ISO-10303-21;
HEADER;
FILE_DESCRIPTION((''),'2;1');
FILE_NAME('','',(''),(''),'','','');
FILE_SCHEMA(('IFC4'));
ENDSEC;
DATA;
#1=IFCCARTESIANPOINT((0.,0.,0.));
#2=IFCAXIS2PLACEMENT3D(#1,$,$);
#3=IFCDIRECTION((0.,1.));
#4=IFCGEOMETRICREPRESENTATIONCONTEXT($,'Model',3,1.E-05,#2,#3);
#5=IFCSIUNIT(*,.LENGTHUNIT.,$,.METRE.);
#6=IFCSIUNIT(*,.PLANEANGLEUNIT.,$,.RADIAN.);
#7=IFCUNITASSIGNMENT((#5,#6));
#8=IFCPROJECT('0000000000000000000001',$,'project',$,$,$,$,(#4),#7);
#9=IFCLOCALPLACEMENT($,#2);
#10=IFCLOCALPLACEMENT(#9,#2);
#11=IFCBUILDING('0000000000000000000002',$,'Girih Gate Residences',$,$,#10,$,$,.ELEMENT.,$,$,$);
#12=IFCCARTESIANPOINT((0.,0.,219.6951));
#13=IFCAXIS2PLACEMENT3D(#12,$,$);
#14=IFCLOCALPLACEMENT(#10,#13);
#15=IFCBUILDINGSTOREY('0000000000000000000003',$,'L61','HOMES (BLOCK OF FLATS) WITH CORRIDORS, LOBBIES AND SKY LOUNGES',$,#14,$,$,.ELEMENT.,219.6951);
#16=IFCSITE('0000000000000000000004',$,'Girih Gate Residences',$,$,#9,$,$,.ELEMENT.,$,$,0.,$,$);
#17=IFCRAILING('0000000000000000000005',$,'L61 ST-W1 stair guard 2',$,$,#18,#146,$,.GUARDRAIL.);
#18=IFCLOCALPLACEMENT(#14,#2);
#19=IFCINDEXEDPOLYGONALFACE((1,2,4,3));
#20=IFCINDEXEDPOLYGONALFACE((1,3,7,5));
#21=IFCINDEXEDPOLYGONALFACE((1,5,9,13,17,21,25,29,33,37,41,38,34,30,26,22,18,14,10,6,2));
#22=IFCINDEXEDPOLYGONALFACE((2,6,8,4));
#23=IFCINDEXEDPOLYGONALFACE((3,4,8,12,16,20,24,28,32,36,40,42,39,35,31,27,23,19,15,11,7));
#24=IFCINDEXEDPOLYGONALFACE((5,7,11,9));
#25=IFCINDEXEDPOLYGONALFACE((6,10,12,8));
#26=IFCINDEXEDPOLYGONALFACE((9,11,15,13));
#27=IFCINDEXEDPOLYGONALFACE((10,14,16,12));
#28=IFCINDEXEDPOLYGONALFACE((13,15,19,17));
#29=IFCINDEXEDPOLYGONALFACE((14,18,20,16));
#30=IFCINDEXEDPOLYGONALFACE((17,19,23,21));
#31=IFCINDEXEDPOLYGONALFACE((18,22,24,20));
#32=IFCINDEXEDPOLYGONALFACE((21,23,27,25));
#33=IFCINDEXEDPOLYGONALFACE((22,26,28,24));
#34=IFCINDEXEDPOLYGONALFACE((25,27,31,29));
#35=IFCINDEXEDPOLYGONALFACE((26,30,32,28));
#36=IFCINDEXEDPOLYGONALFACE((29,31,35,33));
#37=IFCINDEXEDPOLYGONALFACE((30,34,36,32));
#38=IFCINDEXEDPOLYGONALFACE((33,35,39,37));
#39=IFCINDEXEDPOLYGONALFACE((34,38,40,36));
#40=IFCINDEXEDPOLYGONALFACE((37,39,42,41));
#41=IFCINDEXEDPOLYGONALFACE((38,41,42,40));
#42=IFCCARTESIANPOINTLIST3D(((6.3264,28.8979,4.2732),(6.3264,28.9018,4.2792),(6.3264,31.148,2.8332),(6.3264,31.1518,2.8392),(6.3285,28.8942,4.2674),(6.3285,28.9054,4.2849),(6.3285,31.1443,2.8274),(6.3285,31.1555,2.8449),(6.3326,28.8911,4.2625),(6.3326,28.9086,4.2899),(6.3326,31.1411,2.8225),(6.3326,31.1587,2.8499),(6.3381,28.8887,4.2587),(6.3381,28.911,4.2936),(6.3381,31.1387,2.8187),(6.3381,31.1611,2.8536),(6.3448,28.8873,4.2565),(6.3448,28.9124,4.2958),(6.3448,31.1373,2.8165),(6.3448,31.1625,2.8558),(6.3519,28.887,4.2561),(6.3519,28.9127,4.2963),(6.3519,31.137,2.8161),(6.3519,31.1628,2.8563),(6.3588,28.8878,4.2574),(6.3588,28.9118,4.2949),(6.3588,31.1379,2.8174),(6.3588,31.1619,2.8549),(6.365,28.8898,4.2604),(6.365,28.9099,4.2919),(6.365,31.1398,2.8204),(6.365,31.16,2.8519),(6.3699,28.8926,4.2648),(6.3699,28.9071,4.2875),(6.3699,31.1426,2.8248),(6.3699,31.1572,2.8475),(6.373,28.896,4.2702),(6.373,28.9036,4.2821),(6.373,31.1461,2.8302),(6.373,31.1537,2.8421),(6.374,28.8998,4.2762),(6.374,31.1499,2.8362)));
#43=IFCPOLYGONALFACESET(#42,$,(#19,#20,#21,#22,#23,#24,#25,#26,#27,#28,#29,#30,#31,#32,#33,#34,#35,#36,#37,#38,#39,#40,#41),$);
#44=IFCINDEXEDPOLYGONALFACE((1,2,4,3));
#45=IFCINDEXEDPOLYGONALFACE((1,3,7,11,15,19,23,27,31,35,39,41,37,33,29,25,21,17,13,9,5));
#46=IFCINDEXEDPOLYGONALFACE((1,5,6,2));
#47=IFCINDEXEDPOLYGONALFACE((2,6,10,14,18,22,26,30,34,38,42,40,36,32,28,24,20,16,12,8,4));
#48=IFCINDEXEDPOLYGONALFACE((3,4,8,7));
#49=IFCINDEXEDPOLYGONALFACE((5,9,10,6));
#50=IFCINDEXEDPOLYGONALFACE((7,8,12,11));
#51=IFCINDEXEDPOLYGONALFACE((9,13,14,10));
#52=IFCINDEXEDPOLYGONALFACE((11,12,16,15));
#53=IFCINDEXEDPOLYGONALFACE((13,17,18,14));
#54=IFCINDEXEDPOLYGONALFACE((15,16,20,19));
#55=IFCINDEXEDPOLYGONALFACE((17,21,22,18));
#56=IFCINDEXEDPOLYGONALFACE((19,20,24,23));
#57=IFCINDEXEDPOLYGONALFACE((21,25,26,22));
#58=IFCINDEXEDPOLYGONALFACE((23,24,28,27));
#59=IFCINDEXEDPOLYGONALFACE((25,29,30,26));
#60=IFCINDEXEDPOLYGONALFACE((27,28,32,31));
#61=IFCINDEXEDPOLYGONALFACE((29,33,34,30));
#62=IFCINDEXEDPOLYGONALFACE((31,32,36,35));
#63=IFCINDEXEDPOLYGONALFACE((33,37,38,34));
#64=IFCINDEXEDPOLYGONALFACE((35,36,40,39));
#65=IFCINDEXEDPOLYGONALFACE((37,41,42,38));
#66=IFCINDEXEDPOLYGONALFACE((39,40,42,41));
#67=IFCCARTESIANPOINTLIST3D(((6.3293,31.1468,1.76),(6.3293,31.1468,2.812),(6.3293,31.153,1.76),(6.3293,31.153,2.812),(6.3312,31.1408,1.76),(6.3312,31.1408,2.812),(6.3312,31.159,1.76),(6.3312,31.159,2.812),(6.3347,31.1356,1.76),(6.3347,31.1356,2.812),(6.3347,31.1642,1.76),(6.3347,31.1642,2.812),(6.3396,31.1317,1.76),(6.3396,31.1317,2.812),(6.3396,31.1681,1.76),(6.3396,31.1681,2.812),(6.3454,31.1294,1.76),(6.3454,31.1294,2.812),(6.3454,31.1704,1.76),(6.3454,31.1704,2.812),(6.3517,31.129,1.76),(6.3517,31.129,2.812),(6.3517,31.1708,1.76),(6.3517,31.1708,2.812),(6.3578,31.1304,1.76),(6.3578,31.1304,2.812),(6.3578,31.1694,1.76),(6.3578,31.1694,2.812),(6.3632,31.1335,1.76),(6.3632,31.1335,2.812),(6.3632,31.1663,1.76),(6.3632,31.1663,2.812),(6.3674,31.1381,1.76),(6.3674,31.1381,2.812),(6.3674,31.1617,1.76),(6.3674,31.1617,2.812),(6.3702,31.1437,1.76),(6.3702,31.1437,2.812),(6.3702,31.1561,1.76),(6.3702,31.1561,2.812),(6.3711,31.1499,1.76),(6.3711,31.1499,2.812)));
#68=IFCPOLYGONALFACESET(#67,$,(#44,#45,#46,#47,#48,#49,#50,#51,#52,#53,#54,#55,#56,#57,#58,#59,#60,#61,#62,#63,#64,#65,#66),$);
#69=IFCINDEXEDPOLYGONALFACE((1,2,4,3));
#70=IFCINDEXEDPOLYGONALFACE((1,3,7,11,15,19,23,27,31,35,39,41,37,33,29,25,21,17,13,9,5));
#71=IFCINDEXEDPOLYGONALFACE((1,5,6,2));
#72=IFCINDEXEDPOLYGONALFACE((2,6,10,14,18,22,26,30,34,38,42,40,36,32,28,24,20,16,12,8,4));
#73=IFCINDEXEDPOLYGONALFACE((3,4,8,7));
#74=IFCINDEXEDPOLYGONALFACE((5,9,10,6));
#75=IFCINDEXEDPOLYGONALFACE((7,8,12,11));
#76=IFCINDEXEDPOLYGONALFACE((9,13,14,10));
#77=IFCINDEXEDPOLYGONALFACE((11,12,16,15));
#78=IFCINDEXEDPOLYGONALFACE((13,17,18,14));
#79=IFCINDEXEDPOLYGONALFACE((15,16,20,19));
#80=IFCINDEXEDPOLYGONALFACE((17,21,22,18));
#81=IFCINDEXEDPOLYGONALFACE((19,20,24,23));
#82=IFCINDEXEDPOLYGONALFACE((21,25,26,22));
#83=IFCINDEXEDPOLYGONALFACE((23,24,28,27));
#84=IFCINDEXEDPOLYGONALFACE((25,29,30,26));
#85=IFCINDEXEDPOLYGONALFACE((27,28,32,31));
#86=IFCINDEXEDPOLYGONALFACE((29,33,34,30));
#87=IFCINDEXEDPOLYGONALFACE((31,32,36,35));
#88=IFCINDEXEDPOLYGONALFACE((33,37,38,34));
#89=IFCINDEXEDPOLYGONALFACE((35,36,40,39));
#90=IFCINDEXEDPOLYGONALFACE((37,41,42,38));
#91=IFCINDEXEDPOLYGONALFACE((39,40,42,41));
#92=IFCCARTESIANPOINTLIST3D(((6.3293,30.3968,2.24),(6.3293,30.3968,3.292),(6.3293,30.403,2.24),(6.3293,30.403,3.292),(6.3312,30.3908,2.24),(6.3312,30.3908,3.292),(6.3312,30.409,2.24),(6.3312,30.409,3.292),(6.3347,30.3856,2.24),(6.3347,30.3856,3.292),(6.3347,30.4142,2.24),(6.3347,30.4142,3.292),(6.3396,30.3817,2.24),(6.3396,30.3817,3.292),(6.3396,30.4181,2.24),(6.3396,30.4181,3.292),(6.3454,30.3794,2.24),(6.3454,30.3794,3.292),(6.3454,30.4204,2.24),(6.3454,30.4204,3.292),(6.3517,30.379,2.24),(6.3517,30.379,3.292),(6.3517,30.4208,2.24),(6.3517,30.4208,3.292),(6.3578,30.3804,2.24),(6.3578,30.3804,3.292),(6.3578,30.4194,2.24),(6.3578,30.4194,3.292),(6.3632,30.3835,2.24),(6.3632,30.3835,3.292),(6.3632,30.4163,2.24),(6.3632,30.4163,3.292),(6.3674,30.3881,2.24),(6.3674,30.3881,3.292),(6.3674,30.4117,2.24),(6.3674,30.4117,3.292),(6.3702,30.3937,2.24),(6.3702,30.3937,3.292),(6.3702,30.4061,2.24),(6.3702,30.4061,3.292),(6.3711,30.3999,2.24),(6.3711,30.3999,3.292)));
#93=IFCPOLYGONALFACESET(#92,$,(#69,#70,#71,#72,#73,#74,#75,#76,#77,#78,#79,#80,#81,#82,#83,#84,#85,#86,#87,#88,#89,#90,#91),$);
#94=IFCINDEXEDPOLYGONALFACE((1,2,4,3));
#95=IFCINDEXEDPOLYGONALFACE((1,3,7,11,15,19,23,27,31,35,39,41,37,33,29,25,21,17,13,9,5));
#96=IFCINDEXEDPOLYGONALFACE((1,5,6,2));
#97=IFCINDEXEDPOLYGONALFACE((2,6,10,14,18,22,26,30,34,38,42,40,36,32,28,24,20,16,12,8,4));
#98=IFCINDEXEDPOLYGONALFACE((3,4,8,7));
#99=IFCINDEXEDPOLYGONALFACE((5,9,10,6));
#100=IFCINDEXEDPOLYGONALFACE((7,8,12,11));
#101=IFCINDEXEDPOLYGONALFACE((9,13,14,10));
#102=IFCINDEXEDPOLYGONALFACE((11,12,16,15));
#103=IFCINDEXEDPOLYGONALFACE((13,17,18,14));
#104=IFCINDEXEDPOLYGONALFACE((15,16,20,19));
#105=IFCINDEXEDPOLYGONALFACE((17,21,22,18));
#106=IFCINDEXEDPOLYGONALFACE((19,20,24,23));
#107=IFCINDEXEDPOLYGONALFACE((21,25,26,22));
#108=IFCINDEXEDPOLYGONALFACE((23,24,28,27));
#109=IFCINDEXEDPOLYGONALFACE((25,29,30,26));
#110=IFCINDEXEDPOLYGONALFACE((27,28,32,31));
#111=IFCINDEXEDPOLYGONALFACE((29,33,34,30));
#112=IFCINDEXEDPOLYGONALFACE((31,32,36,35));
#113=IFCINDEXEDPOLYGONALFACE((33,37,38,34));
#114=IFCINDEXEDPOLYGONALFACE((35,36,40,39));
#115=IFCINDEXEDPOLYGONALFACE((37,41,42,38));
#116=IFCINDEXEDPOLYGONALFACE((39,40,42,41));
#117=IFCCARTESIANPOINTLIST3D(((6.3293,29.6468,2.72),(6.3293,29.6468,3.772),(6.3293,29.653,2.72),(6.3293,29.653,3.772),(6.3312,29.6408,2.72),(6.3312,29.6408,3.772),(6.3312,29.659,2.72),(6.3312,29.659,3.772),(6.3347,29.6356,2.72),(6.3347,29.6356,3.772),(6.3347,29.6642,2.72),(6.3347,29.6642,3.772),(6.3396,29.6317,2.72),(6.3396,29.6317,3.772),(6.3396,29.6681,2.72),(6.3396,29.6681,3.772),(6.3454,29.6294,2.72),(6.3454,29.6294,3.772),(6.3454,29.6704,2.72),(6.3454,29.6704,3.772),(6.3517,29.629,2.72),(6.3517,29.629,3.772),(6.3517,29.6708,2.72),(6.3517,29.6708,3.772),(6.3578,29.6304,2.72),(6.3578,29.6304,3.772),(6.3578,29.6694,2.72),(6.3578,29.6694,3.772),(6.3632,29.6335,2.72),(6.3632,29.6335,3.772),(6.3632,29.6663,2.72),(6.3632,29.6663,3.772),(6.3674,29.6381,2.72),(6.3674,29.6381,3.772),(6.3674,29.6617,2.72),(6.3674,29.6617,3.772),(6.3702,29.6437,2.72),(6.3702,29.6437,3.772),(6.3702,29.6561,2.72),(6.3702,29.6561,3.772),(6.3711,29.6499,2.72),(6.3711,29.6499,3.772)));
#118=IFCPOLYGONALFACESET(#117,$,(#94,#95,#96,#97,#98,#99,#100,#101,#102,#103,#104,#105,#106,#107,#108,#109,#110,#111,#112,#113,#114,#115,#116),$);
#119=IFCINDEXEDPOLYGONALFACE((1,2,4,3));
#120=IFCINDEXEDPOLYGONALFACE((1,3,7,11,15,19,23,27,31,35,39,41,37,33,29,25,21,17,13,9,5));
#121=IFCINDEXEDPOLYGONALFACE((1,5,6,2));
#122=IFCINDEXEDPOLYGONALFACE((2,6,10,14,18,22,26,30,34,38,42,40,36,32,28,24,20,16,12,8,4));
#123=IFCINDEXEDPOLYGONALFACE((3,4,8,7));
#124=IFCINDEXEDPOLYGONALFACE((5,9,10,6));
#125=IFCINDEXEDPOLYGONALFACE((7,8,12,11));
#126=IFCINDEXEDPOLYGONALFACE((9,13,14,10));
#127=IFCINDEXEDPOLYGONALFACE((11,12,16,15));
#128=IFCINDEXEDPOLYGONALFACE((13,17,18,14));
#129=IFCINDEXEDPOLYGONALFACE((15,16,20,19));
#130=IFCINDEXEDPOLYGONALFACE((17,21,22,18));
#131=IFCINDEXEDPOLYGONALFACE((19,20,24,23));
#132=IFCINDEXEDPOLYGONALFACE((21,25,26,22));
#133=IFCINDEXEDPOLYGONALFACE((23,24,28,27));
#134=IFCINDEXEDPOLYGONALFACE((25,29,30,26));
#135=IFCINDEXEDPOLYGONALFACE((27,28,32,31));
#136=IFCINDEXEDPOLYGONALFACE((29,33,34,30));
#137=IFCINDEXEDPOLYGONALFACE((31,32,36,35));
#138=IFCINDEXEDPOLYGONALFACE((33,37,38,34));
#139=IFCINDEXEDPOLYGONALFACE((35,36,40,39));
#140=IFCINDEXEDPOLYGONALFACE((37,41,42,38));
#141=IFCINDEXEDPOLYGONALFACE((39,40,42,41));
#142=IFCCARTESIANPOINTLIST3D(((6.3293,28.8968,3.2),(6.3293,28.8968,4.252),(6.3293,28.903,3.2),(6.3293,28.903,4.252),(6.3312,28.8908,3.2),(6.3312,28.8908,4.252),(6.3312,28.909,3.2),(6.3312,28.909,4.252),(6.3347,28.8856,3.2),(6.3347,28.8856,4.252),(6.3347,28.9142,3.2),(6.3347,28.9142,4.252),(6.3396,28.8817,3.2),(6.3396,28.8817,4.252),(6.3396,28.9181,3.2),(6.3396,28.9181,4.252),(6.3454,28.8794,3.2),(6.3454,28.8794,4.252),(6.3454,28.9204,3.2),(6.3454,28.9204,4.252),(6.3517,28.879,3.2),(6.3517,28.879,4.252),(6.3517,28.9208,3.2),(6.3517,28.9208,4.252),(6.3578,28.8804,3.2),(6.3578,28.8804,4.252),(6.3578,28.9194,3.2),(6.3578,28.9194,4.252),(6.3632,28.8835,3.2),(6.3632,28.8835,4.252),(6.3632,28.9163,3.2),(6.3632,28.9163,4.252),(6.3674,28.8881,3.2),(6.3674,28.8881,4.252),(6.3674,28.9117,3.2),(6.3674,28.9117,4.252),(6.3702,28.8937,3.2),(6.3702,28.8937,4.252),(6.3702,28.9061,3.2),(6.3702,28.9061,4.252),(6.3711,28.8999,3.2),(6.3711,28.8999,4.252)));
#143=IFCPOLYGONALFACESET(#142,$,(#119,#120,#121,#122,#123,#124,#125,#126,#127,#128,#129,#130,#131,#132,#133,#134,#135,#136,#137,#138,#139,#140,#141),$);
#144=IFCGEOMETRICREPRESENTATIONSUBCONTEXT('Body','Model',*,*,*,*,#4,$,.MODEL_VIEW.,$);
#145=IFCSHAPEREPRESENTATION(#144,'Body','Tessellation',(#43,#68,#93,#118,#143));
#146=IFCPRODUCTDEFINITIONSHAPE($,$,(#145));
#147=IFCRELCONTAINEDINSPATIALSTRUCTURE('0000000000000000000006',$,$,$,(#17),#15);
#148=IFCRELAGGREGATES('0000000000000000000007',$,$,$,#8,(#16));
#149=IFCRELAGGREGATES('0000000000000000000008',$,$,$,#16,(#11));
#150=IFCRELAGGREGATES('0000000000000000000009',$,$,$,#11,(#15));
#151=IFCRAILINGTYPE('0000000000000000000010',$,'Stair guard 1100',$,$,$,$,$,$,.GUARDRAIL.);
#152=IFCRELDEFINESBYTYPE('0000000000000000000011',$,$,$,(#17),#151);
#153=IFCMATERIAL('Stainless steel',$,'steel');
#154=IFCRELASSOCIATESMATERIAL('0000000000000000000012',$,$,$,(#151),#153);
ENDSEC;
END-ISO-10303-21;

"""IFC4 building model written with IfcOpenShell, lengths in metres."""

from ifc_helpers import new_model, si_unit, direction, frame, origin, origin_2d, place, context, subcontext, project, spatial, circle, extrude, material, type_object, element, save


model = new_model("IFC4")

# Units and contexts
model_context = context("Model", 3, precision=1e-05, world=origin(), true_north=direction((0.0, 1.0)))
body_context = subcontext(model_context, "Body", "Model", "MODEL_VIEW")
ifc_project = project(units=[si_unit("LENGTHUNIT", "METRE"), si_unit("PLANEANGLEUNIT", "RADIAN")], contexts=[model_context])

# Site, building, storey
site_placement = place(None, origin())
site = spatial("IfcSite", under=ifc_project, at=site_placement, Name="Girih Gate Residences", CompositionType="ELEMENT", RefElevation=0.0)
building_placement = place(site_placement, origin())
building = spatial("IfcBuilding", under=site, at=building_placement, Name="Girih Gate Residences", CompositionType="ELEMENT")
storey_placement = place(building_placement, frame((0.0, 0.0, 219.6951)))
storey = spatial("IfcBuildingStorey", under=building, at=storey_placement, Name="L61", Description="HOMES (BLOCK OF FLATS) WITH CORRIDORS, LOBBIES AND SKY LOUNGES", CompositionType="ELEMENT", Elevation=219.6951)

# Railing
ifc_material_1 = material(Name="Stainless steel", Category="steel")
railing_type_1 = type_object("IfcRailingType", Name="Stair guard 1100", PredefinedType="GUARDRAIL", material=ifc_material_1)
railing_1_placement = place(storey_placement, frame((6.3501, 31.1499, 1.76)))
element("IfcRailing", 1, at=railing_1_placement, inside=storey, type_object=railing_type_1, Name="L61 ST-W1 stair guard 2", PredefinedType="GUARDRAIL", context=body_context, shape_type="SweptSolid", body=[
    extrude(circle(Radius=0.0239, at=origin_2d()), frame((0.0, 0.0, 1.0762), z_axis=(0.0, -0.842281, 0.539038), x_axis=(1.0, 0.0, 0.0)), (0.0, 0.0, 1.0), 2.6714),
    extrude(circle(Radius=0.021, at=origin_2d()), origin(), (0.0, 0.0, 1.0), 1.052),
    extrude(circle(Radius=0.021, at=origin_2d()), frame((0.0, -0.75, 0.48)), (0.0, 0.0, 1.0), 1.052),
    extrude(circle(Radius=0.021, at=origin_2d()), frame((0.0, -1.5, 0.96)), (0.0, 0.0, 1.0), 1.052),
    extrude(circle(Radius=0.021, at=origin_2d()), frame((0.0, -2.25, 1.4399)), (0.0, 0.0, 1.0), 1.052),
])

save(model, "model.ifc")
